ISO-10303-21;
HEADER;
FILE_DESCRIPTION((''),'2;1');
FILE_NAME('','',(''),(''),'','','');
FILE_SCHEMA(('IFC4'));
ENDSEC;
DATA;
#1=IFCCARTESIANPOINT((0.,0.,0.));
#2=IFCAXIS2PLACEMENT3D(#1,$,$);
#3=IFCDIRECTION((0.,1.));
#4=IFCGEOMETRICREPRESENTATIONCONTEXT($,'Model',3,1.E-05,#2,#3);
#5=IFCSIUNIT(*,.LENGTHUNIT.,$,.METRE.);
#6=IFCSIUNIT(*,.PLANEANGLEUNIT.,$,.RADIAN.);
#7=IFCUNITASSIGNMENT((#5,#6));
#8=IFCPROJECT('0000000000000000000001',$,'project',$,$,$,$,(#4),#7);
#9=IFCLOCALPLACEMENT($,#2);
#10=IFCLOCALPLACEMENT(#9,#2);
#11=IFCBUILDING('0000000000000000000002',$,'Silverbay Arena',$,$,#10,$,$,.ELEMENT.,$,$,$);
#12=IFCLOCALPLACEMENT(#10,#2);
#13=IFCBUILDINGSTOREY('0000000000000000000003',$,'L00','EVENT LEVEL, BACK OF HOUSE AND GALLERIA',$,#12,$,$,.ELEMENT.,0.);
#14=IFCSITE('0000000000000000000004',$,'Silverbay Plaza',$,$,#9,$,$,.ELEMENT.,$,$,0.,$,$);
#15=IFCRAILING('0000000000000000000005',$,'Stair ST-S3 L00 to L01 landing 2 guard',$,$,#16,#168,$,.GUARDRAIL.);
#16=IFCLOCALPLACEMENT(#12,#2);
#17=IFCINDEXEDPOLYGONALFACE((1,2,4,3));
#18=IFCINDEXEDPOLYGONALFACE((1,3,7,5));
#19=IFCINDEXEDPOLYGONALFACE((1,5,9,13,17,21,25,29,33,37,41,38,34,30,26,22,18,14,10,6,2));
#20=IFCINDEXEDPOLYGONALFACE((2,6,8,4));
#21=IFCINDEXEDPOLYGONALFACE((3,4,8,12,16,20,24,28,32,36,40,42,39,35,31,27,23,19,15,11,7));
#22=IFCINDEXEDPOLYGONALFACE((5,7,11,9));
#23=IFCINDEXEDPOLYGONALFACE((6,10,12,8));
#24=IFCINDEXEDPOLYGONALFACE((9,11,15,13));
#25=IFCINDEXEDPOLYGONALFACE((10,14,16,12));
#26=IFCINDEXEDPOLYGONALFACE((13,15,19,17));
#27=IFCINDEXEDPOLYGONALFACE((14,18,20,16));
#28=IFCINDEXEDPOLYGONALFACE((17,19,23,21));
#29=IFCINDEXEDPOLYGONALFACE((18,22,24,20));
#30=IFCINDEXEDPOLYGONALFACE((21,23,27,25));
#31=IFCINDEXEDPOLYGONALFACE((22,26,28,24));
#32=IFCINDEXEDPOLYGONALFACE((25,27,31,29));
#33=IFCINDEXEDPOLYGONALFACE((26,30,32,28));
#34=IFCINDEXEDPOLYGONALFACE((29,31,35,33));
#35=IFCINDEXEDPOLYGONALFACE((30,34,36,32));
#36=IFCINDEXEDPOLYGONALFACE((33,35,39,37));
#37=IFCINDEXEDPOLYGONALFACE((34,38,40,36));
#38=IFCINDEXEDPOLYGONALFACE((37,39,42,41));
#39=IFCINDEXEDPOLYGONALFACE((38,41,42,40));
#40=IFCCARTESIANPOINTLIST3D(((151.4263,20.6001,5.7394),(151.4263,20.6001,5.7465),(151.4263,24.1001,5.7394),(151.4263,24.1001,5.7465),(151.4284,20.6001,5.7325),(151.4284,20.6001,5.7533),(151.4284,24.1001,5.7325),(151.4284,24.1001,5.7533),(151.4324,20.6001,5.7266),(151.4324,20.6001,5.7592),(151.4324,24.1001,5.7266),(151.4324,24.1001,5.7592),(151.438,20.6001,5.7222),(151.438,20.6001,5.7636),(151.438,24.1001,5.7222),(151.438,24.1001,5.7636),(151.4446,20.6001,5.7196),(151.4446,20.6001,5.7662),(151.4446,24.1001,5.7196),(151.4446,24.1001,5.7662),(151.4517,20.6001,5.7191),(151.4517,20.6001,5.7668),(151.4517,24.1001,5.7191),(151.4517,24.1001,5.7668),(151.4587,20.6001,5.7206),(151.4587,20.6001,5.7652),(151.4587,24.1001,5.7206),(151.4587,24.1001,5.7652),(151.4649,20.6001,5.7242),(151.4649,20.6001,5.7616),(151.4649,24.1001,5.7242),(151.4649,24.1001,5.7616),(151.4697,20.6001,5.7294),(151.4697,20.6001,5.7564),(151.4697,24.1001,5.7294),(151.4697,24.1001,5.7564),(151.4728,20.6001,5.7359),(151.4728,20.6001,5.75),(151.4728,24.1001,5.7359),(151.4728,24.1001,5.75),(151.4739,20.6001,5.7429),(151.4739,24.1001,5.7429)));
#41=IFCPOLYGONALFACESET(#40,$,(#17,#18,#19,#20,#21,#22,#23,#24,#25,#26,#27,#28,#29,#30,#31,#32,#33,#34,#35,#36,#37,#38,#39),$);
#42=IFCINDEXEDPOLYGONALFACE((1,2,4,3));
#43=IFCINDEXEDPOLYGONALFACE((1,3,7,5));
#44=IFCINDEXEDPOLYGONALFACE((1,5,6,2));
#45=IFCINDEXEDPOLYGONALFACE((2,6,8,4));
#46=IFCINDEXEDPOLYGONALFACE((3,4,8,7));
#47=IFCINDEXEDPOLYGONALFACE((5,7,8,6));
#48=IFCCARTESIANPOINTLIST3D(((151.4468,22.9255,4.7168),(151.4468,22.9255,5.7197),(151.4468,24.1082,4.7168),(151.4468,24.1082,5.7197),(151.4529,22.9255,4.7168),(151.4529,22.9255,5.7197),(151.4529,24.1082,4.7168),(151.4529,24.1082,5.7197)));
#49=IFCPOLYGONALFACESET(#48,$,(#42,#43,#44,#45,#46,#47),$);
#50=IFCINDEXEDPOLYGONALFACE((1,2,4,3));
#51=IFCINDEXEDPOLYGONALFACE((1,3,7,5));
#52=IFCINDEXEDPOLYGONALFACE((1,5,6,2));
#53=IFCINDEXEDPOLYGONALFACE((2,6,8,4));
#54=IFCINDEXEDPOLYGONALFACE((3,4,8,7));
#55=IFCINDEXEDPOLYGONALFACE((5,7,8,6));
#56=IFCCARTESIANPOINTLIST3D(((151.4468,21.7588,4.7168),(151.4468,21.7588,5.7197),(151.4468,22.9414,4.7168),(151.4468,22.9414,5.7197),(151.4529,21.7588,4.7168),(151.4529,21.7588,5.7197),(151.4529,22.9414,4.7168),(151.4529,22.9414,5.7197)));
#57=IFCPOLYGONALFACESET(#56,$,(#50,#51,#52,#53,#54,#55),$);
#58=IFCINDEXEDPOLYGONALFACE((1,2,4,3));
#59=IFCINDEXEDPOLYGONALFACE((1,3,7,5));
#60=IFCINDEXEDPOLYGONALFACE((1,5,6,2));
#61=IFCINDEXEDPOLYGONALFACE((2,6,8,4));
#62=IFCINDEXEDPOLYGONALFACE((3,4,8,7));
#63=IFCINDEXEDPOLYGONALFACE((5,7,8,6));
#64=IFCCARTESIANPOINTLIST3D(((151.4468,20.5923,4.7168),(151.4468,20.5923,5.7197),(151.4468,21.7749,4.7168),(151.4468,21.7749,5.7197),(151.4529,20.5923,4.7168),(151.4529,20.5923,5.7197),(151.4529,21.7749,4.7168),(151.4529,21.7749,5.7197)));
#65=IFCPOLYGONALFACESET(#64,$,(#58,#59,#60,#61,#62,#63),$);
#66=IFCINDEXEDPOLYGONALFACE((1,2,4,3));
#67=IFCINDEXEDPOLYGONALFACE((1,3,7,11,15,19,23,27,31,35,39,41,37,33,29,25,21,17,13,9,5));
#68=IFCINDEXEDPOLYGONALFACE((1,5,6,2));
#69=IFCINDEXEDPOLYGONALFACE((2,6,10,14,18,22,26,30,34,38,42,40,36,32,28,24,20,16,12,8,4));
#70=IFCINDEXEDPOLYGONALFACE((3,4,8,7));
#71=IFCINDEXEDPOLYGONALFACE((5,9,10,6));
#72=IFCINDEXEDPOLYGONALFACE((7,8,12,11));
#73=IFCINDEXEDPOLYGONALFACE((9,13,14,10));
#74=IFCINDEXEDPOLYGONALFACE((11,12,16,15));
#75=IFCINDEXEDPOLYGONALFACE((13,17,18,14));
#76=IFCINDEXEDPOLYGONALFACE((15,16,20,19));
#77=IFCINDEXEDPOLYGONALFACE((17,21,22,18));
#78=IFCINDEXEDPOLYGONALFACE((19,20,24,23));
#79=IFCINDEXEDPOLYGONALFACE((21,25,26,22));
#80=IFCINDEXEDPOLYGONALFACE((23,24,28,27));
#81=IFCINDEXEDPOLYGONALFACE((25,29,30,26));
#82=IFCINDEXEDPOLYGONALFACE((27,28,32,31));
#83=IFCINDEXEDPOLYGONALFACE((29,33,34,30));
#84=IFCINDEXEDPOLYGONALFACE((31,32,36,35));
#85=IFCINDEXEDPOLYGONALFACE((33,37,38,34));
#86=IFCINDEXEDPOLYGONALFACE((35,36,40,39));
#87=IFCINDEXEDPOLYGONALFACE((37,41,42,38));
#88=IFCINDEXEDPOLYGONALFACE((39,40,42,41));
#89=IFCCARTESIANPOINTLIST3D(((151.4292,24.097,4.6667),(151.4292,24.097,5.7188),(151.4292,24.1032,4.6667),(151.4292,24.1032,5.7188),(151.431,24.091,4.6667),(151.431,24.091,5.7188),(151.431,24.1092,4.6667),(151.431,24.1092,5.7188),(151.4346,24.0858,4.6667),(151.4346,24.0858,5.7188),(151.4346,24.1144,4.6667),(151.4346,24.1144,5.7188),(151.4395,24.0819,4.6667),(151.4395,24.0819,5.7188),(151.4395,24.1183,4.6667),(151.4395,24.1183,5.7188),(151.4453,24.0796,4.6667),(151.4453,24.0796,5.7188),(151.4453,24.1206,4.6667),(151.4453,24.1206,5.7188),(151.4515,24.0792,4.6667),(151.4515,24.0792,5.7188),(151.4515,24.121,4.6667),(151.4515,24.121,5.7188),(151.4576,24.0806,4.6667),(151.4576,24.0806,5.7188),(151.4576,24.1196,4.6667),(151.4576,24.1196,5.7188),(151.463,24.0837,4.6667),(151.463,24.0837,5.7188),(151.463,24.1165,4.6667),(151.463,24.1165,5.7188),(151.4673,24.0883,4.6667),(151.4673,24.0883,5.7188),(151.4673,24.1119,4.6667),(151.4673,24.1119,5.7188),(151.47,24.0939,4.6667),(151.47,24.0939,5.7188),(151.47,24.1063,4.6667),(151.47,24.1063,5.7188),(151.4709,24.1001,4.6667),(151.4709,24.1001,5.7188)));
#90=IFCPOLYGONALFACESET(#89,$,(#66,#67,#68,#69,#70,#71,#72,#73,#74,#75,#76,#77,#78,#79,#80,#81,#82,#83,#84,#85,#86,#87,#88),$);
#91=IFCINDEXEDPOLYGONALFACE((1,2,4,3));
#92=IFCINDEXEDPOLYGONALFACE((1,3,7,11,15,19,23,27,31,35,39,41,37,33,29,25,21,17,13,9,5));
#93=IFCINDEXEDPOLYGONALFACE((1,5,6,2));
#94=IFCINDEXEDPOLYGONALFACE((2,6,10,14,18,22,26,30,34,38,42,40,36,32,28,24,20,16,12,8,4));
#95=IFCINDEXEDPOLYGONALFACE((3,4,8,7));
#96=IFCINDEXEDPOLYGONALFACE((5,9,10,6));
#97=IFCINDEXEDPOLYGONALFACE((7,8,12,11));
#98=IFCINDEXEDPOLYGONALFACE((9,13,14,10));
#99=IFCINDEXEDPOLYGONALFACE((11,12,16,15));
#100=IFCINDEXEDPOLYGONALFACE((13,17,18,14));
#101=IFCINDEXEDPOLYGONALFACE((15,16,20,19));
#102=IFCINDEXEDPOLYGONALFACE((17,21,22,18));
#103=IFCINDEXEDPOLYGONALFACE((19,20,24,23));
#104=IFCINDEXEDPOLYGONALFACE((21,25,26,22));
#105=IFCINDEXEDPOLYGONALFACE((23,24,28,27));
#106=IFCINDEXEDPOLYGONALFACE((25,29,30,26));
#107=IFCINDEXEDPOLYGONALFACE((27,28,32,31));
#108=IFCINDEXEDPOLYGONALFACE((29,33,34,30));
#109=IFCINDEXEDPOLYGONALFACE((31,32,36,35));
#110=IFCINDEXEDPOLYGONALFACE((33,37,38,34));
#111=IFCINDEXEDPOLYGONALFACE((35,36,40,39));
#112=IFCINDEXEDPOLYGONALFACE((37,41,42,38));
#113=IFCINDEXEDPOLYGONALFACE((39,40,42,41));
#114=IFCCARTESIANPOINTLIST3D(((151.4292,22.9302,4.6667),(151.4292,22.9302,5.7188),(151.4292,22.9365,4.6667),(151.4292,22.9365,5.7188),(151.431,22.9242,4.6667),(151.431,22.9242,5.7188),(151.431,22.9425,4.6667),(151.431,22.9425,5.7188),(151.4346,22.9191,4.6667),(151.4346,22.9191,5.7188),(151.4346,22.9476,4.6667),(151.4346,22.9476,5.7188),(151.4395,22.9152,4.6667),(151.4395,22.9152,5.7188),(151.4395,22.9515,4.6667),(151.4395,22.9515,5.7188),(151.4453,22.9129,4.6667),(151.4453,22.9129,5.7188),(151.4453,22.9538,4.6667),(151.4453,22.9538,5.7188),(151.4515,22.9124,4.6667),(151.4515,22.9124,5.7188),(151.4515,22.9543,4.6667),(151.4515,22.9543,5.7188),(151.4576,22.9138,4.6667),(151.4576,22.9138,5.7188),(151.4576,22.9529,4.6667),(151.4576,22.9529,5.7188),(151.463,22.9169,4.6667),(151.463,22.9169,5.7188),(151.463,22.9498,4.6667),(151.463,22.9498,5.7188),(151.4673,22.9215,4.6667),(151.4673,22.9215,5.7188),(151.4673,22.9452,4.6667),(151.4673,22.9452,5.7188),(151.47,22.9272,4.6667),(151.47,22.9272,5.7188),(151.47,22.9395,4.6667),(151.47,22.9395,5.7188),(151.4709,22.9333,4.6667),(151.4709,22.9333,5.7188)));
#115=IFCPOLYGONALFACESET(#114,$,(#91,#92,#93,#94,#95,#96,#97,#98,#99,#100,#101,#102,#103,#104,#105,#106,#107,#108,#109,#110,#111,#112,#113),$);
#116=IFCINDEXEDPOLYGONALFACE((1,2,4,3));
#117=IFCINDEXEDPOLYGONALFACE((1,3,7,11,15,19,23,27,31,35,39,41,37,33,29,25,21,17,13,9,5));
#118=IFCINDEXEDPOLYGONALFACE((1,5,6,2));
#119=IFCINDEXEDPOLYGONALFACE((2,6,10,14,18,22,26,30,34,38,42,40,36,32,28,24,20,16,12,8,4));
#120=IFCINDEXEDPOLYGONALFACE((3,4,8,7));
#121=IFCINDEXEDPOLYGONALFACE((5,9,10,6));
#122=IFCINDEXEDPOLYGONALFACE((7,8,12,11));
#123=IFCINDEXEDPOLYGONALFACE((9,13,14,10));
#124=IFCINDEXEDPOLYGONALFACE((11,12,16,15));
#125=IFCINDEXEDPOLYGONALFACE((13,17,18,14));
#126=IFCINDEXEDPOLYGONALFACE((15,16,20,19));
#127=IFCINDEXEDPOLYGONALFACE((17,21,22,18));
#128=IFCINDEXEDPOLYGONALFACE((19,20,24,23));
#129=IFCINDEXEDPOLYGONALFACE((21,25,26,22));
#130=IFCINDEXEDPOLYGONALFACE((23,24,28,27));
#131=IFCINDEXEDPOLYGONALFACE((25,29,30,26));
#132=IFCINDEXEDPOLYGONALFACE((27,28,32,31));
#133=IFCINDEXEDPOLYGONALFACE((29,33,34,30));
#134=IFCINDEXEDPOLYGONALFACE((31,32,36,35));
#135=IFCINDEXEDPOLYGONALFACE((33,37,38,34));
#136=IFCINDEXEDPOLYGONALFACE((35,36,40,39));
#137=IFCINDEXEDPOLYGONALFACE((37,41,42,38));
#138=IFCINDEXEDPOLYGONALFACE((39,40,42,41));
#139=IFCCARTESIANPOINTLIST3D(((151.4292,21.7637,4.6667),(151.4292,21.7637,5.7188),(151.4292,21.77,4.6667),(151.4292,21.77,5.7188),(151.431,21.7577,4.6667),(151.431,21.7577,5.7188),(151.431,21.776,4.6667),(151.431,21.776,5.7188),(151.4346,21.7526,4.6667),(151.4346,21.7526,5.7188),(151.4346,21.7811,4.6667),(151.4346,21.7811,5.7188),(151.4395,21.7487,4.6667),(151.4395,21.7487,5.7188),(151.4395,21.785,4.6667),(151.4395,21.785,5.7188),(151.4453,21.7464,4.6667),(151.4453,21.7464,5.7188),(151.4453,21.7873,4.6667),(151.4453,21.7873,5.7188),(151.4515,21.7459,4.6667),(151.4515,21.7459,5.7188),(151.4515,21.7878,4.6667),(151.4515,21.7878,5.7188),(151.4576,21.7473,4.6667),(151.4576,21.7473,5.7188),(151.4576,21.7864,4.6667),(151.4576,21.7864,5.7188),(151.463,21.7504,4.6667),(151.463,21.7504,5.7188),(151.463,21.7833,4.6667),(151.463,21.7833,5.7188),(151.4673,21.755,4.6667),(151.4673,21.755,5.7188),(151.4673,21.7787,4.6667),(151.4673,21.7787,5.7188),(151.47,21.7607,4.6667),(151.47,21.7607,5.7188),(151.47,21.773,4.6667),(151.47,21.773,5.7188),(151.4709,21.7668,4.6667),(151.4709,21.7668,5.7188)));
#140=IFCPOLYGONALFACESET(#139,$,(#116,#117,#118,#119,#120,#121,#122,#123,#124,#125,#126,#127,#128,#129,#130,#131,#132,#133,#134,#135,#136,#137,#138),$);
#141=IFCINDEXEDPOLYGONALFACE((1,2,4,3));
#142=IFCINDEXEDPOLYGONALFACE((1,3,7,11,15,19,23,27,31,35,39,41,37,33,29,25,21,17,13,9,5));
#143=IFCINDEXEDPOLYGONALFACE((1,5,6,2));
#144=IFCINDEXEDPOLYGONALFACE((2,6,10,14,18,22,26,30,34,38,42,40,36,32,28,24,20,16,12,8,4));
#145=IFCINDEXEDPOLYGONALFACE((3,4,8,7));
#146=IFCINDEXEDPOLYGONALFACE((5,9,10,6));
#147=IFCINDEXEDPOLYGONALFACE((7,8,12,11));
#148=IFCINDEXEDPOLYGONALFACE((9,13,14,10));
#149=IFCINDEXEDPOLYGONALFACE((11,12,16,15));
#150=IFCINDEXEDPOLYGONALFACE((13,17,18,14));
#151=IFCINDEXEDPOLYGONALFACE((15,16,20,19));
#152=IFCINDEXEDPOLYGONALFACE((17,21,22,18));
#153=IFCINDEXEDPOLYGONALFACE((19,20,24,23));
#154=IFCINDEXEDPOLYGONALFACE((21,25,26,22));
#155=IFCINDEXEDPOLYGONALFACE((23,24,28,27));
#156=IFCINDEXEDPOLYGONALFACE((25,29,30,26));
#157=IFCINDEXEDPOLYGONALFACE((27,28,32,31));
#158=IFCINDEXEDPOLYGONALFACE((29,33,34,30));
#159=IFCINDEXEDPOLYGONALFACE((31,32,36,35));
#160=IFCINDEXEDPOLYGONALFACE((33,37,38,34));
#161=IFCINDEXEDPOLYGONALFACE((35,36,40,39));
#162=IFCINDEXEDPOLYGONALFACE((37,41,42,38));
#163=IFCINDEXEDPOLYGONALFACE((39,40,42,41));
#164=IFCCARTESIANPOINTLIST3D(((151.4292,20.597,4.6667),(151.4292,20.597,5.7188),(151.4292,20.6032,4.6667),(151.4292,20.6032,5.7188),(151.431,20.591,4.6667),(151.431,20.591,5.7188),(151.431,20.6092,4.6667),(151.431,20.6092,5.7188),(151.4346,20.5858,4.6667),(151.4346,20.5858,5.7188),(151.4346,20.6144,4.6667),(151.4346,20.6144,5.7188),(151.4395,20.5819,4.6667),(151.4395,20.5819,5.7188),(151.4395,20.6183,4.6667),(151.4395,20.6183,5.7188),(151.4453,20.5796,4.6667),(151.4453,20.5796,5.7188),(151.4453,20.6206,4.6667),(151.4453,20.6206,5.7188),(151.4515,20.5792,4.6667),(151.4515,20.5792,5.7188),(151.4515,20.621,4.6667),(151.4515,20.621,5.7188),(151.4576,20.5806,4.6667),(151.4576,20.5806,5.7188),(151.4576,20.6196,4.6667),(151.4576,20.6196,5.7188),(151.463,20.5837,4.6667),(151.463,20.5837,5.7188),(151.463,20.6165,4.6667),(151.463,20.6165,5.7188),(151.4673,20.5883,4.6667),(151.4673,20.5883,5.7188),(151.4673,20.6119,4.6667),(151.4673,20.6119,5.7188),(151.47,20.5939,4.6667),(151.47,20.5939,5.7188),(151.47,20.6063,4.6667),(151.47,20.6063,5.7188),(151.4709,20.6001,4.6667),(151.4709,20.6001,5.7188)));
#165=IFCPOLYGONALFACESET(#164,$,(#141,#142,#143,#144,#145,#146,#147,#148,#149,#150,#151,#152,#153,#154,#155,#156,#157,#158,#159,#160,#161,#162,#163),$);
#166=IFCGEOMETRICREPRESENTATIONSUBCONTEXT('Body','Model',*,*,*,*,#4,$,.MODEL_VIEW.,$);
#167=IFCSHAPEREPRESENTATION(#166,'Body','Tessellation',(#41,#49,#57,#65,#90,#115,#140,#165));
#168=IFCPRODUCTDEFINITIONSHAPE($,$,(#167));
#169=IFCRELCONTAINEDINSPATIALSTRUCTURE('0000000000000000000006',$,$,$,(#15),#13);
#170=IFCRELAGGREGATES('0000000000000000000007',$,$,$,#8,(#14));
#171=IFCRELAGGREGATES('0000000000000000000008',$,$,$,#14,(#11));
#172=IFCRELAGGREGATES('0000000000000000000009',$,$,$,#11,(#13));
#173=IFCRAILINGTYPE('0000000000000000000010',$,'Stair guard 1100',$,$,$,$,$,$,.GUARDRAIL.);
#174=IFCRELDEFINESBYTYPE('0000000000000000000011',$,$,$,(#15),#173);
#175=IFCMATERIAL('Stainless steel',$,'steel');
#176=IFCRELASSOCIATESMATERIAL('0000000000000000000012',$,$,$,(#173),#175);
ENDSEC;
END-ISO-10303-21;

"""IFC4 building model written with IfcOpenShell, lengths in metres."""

from ifc_helpers import new_model, si_unit, direction, frame, origin, origin_2d, place, context, subcontext, project, spatial, polyline, circle, outline, extrude, material, type_object, element, save


model = new_model("IFC4")

# Units and contexts
model_context = context("Model", 3, precision=1e-05, world=origin(), true_north=direction((0.0, 1.0)))
body_context = subcontext(model_context, "Body", "Model", "MODEL_VIEW")
ifc_project = project(units=[si_unit("LENGTHUNIT", "METRE"), si_unit("PLANEANGLEUNIT", "RADIAN")], contexts=[model_context])

# Site, building, storey
site_placement = place(None, origin())
site = spatial("IfcSite", under=ifc_project, at=site_placement, Name="Silverbay Plaza", CompositionType="ELEMENT", RefElevation=0.0)
building_placement = place(site_placement, origin())
building = spatial("IfcBuilding", under=site, at=building_placement, Name="Silverbay Arena", CompositionType="ELEMENT")
storey_placement = place(building_placement, origin())
storey = spatial("IfcBuildingStorey", under=building, at=storey_placement, Name="L00", Description="EVENT LEVEL, BACK OF HOUSE AND GALLERIA", CompositionType="ELEMENT", Elevation=0.0)

# Railing
ifc_material_1 = material(Name="Stainless steel", Category="steel")
railing_type_1 = type_object("IfcRailingType", Name="Stair guard 1100", PredefinedType="GUARDRAIL", material=ifc_material_1)
for number, where, name in (
    (1, (151.45, 24.1001, 4.6667), "Stair ST-S3 L00 to L01 landing 2 guard"),
):
    element("IfcRailing", number, at=place(storey_placement, frame(where)), inside=storey, type_object=railing_type_1, Name=name, PredefinedType="GUARDRAIL", context=body_context, shape_type="SweptSolid", body=[
        extrude(circle(Radius=0.0239, at=origin_2d()), frame((0.0, 0.0, 1.0762), z_axis=(0.0, -1.0, 0.0), x_axis=(1.0, 0.0, 0.0)), (0.0, 0.0, 1.0), 3.5),
        extrude(outline(polyline([(-0.0081, 0.05), (1.1746, 0.05), (1.1746, 1.053), (-0.0081, 1.053), (-0.0081, 0.05)])), frame((0.0029, 0.0, 0.0), z_axis=(-1.0, 0.0, 0.0), x_axis=(0.0, -1.0, 0.0)), (0.0, 0.0, 1.0), 0.0061),
        extrude(outline(polyline([(-0.0081, 0.05), (1.1746, 0.05), (1.1746, 1.053), (-0.0081, 1.053), (-0.0081, 0.05)])), frame((0.0029, -1.1667, 0.0), z_axis=(-1.0, 0.0, 0.0), x_axis=(0.0, -1.0, 0.0)), (0.0, 0.0, 1.0), 0.0061),
        extrude(outline(polyline([(-0.0081, 0.05), (1.1746, 0.05), (1.1746, 1.053), (-0.0081, 1.053), (-0.0081, 0.05)])), frame((0.0029, -2.3333, 0.0), z_axis=(-1.0, 0.0, 0.0), x_axis=(0.0, -1.0, 0.0)), (0.0, 0.0, 1.0), 0.0061),
        extrude(circle(Radius=0.021, at=origin_2d()), origin(), (0.0, 0.0, 1.0), 1.052),
        extrude(circle(Radius=0.021, at=origin_2d()), frame((0.0, -1.1667, 0.0)), (0.0, 0.0, 1.0), 1.052),
        extrude(circle(Radius=0.021, at=origin_2d()), frame((0.0, -2.3333, 0.0)), (0.0, 0.0, 1.0), 1.052),
        extrude(circle(Radius=0.021, at=origin_2d()), frame((0.0, -3.5, 0.0)), (0.0, 0.0, 1.0), 1.052),
    ])

save(model, "model.ifc")
